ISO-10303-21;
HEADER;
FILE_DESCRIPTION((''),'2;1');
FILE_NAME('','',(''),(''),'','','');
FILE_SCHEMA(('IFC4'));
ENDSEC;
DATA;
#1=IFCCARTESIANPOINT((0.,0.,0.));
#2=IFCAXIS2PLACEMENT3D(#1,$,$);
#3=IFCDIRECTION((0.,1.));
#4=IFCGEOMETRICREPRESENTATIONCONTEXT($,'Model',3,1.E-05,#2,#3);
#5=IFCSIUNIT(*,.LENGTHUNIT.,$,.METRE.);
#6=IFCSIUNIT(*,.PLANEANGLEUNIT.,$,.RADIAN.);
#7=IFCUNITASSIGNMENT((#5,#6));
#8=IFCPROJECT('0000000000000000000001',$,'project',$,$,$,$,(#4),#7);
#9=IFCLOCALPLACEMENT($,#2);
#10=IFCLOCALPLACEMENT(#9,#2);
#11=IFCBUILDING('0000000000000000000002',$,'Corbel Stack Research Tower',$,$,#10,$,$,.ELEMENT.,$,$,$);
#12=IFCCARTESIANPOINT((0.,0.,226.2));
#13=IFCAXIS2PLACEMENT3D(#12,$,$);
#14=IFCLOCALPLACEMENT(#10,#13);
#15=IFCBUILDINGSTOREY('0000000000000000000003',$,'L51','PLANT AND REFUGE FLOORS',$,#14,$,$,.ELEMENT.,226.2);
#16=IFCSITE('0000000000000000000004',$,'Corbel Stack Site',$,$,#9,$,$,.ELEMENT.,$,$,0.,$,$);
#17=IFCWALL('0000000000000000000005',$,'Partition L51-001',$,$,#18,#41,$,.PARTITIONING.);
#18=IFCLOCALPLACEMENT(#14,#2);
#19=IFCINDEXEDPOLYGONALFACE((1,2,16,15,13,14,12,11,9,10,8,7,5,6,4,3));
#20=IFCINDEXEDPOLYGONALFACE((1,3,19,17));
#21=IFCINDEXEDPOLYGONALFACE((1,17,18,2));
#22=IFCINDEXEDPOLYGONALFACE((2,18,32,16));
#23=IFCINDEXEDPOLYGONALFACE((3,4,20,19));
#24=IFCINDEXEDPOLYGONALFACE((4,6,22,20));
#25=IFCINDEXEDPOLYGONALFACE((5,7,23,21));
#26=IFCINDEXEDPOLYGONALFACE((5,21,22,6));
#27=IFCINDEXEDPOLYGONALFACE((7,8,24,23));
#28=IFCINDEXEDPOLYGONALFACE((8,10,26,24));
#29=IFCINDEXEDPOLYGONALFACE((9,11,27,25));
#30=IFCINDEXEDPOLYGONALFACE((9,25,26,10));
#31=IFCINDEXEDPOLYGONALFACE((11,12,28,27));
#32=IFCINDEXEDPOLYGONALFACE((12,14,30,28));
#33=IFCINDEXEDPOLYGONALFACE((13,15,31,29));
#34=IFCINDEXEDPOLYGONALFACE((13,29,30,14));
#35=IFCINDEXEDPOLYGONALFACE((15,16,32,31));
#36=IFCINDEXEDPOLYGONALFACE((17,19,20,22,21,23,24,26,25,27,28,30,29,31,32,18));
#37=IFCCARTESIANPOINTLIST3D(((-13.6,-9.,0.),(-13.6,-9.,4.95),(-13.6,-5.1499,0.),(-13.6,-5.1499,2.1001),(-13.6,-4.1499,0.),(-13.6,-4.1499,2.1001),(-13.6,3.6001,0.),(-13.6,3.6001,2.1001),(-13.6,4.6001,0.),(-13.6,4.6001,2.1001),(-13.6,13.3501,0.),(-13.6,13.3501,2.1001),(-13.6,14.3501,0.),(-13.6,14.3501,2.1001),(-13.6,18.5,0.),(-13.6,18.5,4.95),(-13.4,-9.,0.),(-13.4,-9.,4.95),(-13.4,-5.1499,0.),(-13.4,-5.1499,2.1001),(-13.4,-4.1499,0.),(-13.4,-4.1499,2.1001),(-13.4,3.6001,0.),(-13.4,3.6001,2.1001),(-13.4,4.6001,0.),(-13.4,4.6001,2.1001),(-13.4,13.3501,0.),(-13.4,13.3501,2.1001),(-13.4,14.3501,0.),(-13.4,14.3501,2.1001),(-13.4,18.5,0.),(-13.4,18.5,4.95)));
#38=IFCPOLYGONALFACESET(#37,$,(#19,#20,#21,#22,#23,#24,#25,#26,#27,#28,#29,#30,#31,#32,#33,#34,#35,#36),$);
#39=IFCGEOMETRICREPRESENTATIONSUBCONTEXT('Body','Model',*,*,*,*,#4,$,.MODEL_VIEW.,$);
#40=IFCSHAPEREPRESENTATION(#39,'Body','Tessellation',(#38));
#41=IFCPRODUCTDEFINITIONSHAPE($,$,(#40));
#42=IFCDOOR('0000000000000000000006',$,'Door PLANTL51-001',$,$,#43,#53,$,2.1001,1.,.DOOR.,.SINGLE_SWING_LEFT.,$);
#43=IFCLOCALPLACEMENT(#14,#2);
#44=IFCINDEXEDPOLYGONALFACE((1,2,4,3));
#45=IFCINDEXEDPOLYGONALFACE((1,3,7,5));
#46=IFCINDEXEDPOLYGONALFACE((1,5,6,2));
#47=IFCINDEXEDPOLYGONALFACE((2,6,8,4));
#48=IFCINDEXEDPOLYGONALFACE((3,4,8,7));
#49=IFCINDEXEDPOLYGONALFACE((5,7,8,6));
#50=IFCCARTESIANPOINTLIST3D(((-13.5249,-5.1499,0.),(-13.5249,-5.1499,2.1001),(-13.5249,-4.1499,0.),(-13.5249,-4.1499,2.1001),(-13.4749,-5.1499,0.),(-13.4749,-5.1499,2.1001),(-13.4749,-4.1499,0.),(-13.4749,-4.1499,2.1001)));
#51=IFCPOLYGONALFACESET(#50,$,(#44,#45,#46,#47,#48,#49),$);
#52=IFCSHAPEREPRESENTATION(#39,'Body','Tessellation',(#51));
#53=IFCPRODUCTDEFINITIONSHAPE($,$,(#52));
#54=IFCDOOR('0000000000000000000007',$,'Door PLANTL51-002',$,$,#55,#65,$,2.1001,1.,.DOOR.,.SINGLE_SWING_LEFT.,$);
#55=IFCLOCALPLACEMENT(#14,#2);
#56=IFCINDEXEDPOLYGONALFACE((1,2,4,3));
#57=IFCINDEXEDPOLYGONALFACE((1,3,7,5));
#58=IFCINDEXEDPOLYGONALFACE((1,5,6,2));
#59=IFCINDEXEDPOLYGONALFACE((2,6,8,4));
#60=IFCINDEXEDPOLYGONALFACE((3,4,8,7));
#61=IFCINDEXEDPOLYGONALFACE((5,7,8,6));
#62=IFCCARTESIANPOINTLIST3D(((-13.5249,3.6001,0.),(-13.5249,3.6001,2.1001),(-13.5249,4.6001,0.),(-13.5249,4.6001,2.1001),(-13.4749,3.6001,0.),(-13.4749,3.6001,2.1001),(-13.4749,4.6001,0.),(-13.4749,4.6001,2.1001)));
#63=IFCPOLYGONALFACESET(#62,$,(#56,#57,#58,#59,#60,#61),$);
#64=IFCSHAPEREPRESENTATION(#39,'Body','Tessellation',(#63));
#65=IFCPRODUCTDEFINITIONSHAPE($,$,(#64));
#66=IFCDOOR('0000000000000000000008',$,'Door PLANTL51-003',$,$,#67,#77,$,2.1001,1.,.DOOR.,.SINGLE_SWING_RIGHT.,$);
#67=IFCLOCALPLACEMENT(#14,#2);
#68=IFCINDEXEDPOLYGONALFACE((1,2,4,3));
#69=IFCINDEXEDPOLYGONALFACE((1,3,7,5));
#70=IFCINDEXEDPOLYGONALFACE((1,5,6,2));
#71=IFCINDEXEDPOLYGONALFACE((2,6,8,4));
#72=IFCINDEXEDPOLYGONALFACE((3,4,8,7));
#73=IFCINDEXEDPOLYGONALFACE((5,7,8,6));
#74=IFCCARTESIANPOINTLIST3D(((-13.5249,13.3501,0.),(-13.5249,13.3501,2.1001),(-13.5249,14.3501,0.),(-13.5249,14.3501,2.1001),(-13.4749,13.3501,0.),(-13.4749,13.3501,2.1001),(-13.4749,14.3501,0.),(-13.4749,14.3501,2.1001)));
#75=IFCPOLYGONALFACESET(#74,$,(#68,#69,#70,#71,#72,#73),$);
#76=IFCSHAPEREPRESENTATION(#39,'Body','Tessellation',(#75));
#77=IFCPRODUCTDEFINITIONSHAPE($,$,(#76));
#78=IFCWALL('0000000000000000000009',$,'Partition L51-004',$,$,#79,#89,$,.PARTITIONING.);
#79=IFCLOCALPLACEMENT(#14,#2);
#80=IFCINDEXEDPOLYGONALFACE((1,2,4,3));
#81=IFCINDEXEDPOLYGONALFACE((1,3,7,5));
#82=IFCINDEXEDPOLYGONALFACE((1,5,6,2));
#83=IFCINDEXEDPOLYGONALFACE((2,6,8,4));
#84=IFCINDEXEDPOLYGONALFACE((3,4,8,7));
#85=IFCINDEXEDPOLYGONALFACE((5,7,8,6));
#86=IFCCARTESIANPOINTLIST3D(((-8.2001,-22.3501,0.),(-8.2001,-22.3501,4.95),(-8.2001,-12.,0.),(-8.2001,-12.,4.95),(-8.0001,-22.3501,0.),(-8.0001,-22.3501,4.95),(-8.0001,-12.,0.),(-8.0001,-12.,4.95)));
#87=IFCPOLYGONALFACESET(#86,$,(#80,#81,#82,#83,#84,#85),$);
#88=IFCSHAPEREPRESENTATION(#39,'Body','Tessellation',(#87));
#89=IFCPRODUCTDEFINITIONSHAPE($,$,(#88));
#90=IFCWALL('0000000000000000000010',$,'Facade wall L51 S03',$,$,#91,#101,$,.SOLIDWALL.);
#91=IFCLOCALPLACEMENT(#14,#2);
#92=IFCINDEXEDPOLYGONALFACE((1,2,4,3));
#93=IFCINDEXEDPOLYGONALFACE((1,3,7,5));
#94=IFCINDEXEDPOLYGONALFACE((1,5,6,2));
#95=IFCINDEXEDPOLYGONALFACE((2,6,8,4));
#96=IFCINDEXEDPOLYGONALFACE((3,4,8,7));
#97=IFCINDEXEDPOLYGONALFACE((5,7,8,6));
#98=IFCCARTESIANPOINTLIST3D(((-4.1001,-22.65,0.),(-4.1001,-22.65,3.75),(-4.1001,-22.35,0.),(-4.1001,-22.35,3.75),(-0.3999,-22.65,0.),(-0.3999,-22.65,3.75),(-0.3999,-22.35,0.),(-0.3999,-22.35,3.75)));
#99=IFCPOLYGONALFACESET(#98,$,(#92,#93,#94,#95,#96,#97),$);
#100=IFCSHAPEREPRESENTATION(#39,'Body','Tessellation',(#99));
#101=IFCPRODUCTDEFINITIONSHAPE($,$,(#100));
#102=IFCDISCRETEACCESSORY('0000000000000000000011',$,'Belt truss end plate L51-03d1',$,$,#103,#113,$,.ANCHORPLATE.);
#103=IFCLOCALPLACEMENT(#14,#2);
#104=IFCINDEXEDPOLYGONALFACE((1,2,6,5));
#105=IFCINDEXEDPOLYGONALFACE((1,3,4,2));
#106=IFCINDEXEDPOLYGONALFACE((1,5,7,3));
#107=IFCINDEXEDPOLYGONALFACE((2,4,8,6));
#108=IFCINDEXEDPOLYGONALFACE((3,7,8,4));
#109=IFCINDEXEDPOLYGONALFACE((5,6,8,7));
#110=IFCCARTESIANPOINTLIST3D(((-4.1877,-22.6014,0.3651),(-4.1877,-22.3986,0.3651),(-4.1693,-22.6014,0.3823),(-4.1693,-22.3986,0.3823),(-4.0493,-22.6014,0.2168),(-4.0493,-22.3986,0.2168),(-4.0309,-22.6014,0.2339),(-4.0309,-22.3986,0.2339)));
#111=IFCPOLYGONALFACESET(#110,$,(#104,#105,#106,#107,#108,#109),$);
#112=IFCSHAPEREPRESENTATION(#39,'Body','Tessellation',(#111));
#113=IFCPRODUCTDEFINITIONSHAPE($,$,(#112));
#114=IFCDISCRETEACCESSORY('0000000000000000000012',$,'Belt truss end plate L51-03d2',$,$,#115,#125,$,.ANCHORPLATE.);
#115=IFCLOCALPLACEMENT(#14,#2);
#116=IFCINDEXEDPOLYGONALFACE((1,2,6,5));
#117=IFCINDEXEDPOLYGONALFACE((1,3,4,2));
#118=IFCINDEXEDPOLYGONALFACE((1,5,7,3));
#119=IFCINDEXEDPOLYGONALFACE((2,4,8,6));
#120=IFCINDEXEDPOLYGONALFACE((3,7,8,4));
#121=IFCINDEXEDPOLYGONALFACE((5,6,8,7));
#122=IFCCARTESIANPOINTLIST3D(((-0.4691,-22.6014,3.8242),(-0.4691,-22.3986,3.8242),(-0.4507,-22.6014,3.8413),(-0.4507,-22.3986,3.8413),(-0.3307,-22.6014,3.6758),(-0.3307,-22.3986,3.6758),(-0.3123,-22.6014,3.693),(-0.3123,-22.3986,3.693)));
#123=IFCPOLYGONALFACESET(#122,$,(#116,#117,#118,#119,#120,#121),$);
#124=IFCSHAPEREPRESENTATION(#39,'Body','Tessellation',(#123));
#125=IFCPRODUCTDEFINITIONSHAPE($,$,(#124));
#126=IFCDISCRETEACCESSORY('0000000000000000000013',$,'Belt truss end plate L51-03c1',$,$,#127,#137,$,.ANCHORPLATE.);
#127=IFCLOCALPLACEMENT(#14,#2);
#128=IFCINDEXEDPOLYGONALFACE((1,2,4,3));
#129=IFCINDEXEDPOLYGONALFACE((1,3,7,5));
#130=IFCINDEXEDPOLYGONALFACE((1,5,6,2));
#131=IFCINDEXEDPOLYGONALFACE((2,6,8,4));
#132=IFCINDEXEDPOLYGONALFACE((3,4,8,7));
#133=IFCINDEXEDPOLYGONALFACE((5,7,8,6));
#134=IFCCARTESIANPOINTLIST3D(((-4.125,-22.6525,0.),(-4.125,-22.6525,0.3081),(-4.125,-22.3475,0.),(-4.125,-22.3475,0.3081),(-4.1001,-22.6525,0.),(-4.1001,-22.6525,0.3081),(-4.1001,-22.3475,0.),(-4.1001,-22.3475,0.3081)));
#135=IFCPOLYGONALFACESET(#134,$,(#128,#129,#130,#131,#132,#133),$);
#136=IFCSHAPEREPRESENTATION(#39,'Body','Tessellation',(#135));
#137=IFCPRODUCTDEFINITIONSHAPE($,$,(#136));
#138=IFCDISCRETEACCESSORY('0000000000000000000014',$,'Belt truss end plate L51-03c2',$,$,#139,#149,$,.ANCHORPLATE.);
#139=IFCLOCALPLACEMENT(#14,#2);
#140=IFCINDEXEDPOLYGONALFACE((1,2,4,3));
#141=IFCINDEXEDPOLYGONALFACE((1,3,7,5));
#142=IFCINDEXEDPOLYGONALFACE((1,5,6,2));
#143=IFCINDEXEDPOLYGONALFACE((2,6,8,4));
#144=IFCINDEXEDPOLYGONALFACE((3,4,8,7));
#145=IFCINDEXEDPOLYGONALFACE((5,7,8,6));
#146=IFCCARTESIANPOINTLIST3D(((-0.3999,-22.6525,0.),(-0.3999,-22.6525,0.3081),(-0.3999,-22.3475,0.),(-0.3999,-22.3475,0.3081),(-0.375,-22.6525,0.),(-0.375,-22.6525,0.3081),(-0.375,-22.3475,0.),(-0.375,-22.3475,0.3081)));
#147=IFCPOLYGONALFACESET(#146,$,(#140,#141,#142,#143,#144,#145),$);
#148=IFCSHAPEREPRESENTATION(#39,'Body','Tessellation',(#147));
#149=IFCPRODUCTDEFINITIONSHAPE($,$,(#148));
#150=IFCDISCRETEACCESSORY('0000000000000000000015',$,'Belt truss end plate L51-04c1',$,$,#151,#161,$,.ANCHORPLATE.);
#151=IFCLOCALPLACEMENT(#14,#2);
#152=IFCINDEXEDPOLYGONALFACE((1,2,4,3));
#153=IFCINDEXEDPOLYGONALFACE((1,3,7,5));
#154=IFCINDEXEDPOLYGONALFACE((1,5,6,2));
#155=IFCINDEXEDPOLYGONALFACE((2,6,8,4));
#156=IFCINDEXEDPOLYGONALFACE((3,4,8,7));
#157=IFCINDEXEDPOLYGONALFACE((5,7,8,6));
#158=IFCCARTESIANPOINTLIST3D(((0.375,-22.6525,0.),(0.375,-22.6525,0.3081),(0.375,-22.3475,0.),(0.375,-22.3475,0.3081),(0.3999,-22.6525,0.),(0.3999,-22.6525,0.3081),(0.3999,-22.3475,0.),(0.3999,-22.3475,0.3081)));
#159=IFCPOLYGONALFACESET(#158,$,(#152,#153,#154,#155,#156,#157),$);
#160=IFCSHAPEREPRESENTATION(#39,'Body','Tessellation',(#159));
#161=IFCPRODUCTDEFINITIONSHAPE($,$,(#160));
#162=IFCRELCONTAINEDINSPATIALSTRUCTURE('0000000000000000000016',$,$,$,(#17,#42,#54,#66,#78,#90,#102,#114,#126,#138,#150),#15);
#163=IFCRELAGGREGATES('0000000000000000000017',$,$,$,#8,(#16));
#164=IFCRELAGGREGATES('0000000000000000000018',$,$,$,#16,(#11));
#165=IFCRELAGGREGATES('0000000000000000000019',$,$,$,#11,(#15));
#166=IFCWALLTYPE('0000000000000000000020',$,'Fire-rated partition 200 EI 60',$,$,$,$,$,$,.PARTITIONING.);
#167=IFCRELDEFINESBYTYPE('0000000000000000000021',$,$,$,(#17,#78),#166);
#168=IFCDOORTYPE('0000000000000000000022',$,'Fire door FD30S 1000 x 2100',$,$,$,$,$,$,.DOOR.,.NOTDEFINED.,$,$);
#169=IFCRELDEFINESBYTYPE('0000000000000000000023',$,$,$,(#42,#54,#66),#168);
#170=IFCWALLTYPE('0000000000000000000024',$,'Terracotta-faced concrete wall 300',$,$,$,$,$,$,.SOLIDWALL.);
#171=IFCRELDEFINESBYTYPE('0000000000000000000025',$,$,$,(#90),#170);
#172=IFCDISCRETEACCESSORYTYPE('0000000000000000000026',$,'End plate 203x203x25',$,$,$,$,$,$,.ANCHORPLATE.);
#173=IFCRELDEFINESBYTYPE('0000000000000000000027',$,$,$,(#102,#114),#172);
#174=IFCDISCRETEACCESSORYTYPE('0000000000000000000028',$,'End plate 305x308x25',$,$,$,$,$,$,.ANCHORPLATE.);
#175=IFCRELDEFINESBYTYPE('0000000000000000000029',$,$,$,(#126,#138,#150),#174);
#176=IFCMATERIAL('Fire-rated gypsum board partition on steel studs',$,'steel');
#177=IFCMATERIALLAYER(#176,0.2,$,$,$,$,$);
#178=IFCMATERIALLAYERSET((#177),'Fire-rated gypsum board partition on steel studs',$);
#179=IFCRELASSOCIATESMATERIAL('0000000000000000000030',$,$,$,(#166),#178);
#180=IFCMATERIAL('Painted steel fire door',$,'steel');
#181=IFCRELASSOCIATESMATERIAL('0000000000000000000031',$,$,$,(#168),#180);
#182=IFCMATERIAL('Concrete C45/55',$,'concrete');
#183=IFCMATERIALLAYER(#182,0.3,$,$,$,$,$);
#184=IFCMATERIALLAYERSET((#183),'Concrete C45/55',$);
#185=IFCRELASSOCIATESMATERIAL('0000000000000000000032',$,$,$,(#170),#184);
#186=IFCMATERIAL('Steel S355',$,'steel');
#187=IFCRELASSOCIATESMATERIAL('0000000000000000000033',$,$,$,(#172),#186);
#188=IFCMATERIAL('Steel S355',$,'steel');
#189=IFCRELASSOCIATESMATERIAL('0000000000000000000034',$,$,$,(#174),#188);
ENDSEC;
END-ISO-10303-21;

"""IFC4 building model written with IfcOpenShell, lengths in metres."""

from ifc_helpers import new_model, si_unit, direction, frame, frame_2d, origin, origin_2d, place, context, subcontext, project, spatial, rectangle, extrude, material, layer, layer_set, material_profile, profile_set, type_object, element, fill, save


model = new_model("IFC4")

# Units and contexts
model_context = context("Model", 3, precision=1e-05, world=origin(), true_north=direction((0.0, 1.0)))
body_context = subcontext(model_context, "Body", "Model", "MODEL_VIEW")
ifc_project = project(units=[si_unit("LENGTHUNIT", "METRE"), si_unit("PLANEANGLEUNIT", "RADIAN")], contexts=[model_context])

# Site, building, storey
site_placement = place(None, origin())
site = spatial("IfcSite", under=ifc_project, at=site_placement, Name="Corbel Stack Site", CompositionType="ELEMENT", RefElevation=0.0)
building_placement = place(site_placement, origin())
building = spatial("IfcBuilding", under=site, at=building_placement, Name="Corbel Stack Research Tower", CompositionType="ELEMENT")
storey_placement = place(building_placement, frame((0.0, 0.0, 226.2)))
storey = spatial("IfcBuildingStorey", under=building, at=storey_placement, Name="L51", Description="PLANT AND REFUGE FLOORS", CompositionType="ELEMENT", Elevation=226.2)

# Wall, openings, doors
ifc_material_1 = material(Name="Fire-rated gypsum board partition on steel studs", Category="steel")
ifc_layer_1 = layer(ifc_material_1, 0.2)
ifc_layer_set_1 = layer_set([ifc_layer_1], Name="Fire-rated gypsum board partition on steel studs")
wall_type_1 = type_object("IfcWallType", Name="Fire-rated partition 200 EI 60", PredefinedType="PARTITIONING", material=ifc_layer_set_1)
wall_1_placement = place(storey_placement, frame((-13.5, -9.0, 0.0), z_axis=(0.0, 0.0, 1.0), x_axis=(0.0, 1.0, 0.0)))
wall_1 = element("IfcWall", 1, at=wall_1_placement, inside=storey, type_object=wall_type_1, Name="Partition L51-001", PredefinedType="PARTITIONING", context=body_context, shape_type="SweptSolid", body=[
    extrude(rectangle(XDim=27.5, YDim=0.2, at=frame_2d((13.75, 0.0))), origin(), (0.0, 0.0, 1.0), 4.95),
])
opening_1_placement = place(wall_1_placement, frame((3.8501, 0.0, 0.0)))
opening_1 = element("IfcOpeningElement", 2, at=opening_1_placement, cuts=wall_1, PredefinedType="OPENING", context=body_context, shape_type="SweptSolid", body=[
    extrude(rectangle(XDim=1.0, YDim=2.1001, at=frame_2d((0.5, 1.05))), frame((0.0, 0.1099, 0.0), z_axis=(0.0, -1.0, 0.0), x_axis=(1.0, 0.0, 0.0)), (0.0, 0.0, 1.0), 0.22),
])
opening_2_placement = place(wall_1_placement, frame((12.6001, 0.0, 0.0)))
opening_2 = element("IfcOpeningElement", 3, at=opening_2_placement, cuts=wall_1, PredefinedType="OPENING", context=body_context, shape_type="SweptSolid", body=[
    extrude(rectangle(XDim=1.0, YDim=2.1001, at=frame_2d((0.5, 1.05))), frame((0.0, 0.1099, 0.0), z_axis=(0.0, -1.0, 0.0), x_axis=(1.0, 0.0, 0.0)), (0.0, 0.0, 1.0), 0.22),
])
opening_3_placement = place(wall_1_placement, frame((22.3501, 0.0, 0.0)))
opening_3 = element("IfcOpeningElement", 4, at=opening_3_placement, cuts=wall_1, PredefinedType="OPENING", context=body_context, shape_type="SweptSolid", body=[
    extrude(rectangle(XDim=1.0, YDim=2.1001, at=frame_2d((0.5, 1.05))), frame((0.0, 0.1099, 0.0), z_axis=(0.0, -1.0, 0.0), x_axis=(1.0, 0.0, 0.0)), (0.0, 0.0, 1.0), 0.22),
])
ifc_material_2 = material(Name="Painted steel fire door", Category="steel")
door_type_1 = type_object("IfcDoorType", Name="Fire door FD30S 1000 x 2100", OperationType="NOTDEFINED", PredefinedType="DOOR", material=ifc_material_2)
door_1_placement = place(opening_1_placement, origin())
door_1 = element("IfcDoor", 5, at=door_1_placement, inside=storey, type_object=door_type_1, Name="Door PLANTL51-001", OperationType="SINGLE_SWING_LEFT", OverallHeight=2.1001, OverallWidth=1.0, PredefinedType="DOOR", context=body_context, shape_type="SweptSolid", body=[
    extrude(rectangle(XDim=1.0, YDim=2.1001, at=frame_2d((0.5, 1.05))), frame((0.0, 0.0249, 0.0), z_axis=(0.0, -1.0, 0.0), x_axis=(1.0, 0.0, 0.0)), (0.0, 0.0, 1.0), 0.05),
])
fill(opening_1, door_1)
door_2_placement = place(opening_2_placement, origin())
door_2 = element("IfcDoor", 6, at=door_2_placement, inside=storey, type_object=door_type_1, Name="Door PLANTL51-002", OperationType="SINGLE_SWING_LEFT", OverallHeight=2.1001, OverallWidth=1.0, PredefinedType="DOOR", context=body_context, shape_type="SweptSolid", body=[
    extrude(rectangle(XDim=1.0, YDim=2.1001, at=frame_2d((0.5, 1.05))), frame((0.0, 0.0249, 0.0), z_axis=(0.0, -1.0, 0.0), x_axis=(1.0, 0.0, 0.0)), (0.0, 0.0, 1.0), 0.05),
])
fill(opening_2, door_2)
door_3_placement = place(opening_3_placement, origin())
door_3 = element("IfcDoor", 7, at=door_3_placement, inside=storey, type_object=door_type_1, Name="Door PLANTL51-003", OperationType="SINGLE_SWING_RIGHT", OverallHeight=2.1001, OverallWidth=1.0, PredefinedType="DOOR", context=body_context, shape_type="SweptSolid", body=[
    extrude(rectangle(XDim=1.0, YDim=2.1001, at=frame_2d((0.5, 1.05))), frame((0.0, 0.0249, 0.0), z_axis=(0.0, -1.0, 0.0), x_axis=(1.0, 0.0, 0.0)), (0.0, 0.0, 1.0), 0.05),
])
fill(opening_3, door_3)

# Walls
wall_2_placement = place(storey_placement, frame((-8.1001, -22.3501, 0.0), z_axis=(0.0, 0.0, 1.0), x_axis=(0.0, 1.0, 0.0)))
element("IfcWall", 8, at=wall_2_placement, inside=storey, type_object=wall_type_1, Name="Partition L51-004", PredefinedType="PARTITIONING", context=body_context, shape_type="SweptSolid", body=[
    extrude(rectangle(XDim=10.3501, YDim=0.2, at=frame_2d((5.175, 0.0))), origin(), (0.0, 0.0, 1.0), 4.95),
])
ifc_material_3 = material(Name="Concrete C45/55", Category="concrete")
ifc_layer_2 = layer(ifc_material_3, 0.3)
ifc_layer_set_2 = layer_set([ifc_layer_2], Name="Concrete C45/55")
wall_type_2 = type_object("IfcWallType", Name="Terracotta-faced concrete wall 300", PredefinedType="SOLIDWALL", material=ifc_layer_set_2)
wall_3_placement = place(storey_placement, frame((-0.3999, -22.5, 0.0), z_axis=(0.0, 0.0, 1.0), x_axis=(-1.0, 0.0, 0.0)))
element("IfcWall", 9, at=wall_3_placement, inside=storey, type_object=wall_type_2, Name="Facade wall L51 S03", PredefinedType="SOLIDWALL", context=body_context, shape_type="SweptSolid", body=[
    extrude(rectangle(XDim=3.7002, YDim=0.3, at=frame_2d((1.8501, 0.0))), origin(), (0.0, 0.0, 1.0), 3.75),
])

# Discrete accessories
ifc_material_4 = material(Name="Steel S355", Category="steel")
ifc_material_profile_1 = material_profile(ifc_material_4, rectangle(XDim=0.2029, YDim=0.2029, at=origin_2d()), Name="End plate 203x203x25")
ifc_profile_set_1 = profile_set([ifc_material_profile_1], Name="Steel S355")
discrete_accessory_type_1 = type_object("IfcDiscreteAccessoryType", Name="End plate 203x203x25", PredefinedType="ANCHORPLATE", material=ifc_profile_set_1)
for number, where, z_axis, x_axis, name in (
    (10, (-4.1001, -22.5, 0.3081), (-0.731055, 0.0, -0.682318), (0.0, -1.0, 0.0), "Belt truss end plate L51-03d1"),
    (11, (-0.3999, -22.5, 3.75), (0.731055, 0.0, 0.682318), (0.0, 1.0, 0.0), "Belt truss end plate L51-03d2"),
):
    element("IfcDiscreteAccessory", number, at=place(storey_placement, frame(where, z_axis=z_axis, x_axis=x_axis)), inside=storey, type_object=discrete_accessory_type_1, Name=name, PredefinedType="ANCHORPLATE", context=body_context, shape_type="SweptSolid", body=[
        extrude(rectangle(XDim=0.2029, YDim=0.2029, at=origin_2d()), origin(), (0.0, 0.0, 1.0), 0.0251),
    ])
ifc_material_5 = material(Name="Steel S355", Category="steel")
ifc_material_profile_2 = material_profile(ifc_material_5, rectangle(XDim=0.3049, YDim=0.3081, at=origin_2d()), Name="End plate 305x308x25")
ifc_profile_set_2 = profile_set([ifc_material_profile_2], Name="Steel S355")
discrete_accessory_type_2 = type_object("IfcDiscreteAccessoryType", Name="End plate 305x308x25", PredefinedType="ANCHORPLATE", material=ifc_profile_set_2)
for number, where, z_axis, x_axis, name in (
    (12, (-4.1001, -22.5, 0.1541), (-1.0, 0.0, 0.0), (0.0, -1.0, 0.0), "Belt truss end plate L51-03c1"),
    (13, (-0.3999, -22.5, 0.1541), (1.0, 0.0, 0.0), (0.0, 1.0, 0.0), "Belt truss end plate L51-03c2"),
    (14, (0.3999, -22.5, 0.1541), (-1.0, 0.0, 0.0), (0.0, -1.0, 0.0), "Belt truss end plate L51-04c1"),
):
    element("IfcDiscreteAccessory", number, at=place(storey_placement, frame(where, z_axis=z_axis, x_axis=x_axis)), inside=storey, type_object=discrete_accessory_type_2, Name=name, PredefinedType="ANCHORPLATE", context=body_context, shape_type="SweptSolid", body=[
        extrude(rectangle(XDim=0.3049, YDim=0.3081, at=origin_2d()), origin(), (0.0, 0.0, 1.0), 0.0249),
    ])

save(model, "model.ifc")
